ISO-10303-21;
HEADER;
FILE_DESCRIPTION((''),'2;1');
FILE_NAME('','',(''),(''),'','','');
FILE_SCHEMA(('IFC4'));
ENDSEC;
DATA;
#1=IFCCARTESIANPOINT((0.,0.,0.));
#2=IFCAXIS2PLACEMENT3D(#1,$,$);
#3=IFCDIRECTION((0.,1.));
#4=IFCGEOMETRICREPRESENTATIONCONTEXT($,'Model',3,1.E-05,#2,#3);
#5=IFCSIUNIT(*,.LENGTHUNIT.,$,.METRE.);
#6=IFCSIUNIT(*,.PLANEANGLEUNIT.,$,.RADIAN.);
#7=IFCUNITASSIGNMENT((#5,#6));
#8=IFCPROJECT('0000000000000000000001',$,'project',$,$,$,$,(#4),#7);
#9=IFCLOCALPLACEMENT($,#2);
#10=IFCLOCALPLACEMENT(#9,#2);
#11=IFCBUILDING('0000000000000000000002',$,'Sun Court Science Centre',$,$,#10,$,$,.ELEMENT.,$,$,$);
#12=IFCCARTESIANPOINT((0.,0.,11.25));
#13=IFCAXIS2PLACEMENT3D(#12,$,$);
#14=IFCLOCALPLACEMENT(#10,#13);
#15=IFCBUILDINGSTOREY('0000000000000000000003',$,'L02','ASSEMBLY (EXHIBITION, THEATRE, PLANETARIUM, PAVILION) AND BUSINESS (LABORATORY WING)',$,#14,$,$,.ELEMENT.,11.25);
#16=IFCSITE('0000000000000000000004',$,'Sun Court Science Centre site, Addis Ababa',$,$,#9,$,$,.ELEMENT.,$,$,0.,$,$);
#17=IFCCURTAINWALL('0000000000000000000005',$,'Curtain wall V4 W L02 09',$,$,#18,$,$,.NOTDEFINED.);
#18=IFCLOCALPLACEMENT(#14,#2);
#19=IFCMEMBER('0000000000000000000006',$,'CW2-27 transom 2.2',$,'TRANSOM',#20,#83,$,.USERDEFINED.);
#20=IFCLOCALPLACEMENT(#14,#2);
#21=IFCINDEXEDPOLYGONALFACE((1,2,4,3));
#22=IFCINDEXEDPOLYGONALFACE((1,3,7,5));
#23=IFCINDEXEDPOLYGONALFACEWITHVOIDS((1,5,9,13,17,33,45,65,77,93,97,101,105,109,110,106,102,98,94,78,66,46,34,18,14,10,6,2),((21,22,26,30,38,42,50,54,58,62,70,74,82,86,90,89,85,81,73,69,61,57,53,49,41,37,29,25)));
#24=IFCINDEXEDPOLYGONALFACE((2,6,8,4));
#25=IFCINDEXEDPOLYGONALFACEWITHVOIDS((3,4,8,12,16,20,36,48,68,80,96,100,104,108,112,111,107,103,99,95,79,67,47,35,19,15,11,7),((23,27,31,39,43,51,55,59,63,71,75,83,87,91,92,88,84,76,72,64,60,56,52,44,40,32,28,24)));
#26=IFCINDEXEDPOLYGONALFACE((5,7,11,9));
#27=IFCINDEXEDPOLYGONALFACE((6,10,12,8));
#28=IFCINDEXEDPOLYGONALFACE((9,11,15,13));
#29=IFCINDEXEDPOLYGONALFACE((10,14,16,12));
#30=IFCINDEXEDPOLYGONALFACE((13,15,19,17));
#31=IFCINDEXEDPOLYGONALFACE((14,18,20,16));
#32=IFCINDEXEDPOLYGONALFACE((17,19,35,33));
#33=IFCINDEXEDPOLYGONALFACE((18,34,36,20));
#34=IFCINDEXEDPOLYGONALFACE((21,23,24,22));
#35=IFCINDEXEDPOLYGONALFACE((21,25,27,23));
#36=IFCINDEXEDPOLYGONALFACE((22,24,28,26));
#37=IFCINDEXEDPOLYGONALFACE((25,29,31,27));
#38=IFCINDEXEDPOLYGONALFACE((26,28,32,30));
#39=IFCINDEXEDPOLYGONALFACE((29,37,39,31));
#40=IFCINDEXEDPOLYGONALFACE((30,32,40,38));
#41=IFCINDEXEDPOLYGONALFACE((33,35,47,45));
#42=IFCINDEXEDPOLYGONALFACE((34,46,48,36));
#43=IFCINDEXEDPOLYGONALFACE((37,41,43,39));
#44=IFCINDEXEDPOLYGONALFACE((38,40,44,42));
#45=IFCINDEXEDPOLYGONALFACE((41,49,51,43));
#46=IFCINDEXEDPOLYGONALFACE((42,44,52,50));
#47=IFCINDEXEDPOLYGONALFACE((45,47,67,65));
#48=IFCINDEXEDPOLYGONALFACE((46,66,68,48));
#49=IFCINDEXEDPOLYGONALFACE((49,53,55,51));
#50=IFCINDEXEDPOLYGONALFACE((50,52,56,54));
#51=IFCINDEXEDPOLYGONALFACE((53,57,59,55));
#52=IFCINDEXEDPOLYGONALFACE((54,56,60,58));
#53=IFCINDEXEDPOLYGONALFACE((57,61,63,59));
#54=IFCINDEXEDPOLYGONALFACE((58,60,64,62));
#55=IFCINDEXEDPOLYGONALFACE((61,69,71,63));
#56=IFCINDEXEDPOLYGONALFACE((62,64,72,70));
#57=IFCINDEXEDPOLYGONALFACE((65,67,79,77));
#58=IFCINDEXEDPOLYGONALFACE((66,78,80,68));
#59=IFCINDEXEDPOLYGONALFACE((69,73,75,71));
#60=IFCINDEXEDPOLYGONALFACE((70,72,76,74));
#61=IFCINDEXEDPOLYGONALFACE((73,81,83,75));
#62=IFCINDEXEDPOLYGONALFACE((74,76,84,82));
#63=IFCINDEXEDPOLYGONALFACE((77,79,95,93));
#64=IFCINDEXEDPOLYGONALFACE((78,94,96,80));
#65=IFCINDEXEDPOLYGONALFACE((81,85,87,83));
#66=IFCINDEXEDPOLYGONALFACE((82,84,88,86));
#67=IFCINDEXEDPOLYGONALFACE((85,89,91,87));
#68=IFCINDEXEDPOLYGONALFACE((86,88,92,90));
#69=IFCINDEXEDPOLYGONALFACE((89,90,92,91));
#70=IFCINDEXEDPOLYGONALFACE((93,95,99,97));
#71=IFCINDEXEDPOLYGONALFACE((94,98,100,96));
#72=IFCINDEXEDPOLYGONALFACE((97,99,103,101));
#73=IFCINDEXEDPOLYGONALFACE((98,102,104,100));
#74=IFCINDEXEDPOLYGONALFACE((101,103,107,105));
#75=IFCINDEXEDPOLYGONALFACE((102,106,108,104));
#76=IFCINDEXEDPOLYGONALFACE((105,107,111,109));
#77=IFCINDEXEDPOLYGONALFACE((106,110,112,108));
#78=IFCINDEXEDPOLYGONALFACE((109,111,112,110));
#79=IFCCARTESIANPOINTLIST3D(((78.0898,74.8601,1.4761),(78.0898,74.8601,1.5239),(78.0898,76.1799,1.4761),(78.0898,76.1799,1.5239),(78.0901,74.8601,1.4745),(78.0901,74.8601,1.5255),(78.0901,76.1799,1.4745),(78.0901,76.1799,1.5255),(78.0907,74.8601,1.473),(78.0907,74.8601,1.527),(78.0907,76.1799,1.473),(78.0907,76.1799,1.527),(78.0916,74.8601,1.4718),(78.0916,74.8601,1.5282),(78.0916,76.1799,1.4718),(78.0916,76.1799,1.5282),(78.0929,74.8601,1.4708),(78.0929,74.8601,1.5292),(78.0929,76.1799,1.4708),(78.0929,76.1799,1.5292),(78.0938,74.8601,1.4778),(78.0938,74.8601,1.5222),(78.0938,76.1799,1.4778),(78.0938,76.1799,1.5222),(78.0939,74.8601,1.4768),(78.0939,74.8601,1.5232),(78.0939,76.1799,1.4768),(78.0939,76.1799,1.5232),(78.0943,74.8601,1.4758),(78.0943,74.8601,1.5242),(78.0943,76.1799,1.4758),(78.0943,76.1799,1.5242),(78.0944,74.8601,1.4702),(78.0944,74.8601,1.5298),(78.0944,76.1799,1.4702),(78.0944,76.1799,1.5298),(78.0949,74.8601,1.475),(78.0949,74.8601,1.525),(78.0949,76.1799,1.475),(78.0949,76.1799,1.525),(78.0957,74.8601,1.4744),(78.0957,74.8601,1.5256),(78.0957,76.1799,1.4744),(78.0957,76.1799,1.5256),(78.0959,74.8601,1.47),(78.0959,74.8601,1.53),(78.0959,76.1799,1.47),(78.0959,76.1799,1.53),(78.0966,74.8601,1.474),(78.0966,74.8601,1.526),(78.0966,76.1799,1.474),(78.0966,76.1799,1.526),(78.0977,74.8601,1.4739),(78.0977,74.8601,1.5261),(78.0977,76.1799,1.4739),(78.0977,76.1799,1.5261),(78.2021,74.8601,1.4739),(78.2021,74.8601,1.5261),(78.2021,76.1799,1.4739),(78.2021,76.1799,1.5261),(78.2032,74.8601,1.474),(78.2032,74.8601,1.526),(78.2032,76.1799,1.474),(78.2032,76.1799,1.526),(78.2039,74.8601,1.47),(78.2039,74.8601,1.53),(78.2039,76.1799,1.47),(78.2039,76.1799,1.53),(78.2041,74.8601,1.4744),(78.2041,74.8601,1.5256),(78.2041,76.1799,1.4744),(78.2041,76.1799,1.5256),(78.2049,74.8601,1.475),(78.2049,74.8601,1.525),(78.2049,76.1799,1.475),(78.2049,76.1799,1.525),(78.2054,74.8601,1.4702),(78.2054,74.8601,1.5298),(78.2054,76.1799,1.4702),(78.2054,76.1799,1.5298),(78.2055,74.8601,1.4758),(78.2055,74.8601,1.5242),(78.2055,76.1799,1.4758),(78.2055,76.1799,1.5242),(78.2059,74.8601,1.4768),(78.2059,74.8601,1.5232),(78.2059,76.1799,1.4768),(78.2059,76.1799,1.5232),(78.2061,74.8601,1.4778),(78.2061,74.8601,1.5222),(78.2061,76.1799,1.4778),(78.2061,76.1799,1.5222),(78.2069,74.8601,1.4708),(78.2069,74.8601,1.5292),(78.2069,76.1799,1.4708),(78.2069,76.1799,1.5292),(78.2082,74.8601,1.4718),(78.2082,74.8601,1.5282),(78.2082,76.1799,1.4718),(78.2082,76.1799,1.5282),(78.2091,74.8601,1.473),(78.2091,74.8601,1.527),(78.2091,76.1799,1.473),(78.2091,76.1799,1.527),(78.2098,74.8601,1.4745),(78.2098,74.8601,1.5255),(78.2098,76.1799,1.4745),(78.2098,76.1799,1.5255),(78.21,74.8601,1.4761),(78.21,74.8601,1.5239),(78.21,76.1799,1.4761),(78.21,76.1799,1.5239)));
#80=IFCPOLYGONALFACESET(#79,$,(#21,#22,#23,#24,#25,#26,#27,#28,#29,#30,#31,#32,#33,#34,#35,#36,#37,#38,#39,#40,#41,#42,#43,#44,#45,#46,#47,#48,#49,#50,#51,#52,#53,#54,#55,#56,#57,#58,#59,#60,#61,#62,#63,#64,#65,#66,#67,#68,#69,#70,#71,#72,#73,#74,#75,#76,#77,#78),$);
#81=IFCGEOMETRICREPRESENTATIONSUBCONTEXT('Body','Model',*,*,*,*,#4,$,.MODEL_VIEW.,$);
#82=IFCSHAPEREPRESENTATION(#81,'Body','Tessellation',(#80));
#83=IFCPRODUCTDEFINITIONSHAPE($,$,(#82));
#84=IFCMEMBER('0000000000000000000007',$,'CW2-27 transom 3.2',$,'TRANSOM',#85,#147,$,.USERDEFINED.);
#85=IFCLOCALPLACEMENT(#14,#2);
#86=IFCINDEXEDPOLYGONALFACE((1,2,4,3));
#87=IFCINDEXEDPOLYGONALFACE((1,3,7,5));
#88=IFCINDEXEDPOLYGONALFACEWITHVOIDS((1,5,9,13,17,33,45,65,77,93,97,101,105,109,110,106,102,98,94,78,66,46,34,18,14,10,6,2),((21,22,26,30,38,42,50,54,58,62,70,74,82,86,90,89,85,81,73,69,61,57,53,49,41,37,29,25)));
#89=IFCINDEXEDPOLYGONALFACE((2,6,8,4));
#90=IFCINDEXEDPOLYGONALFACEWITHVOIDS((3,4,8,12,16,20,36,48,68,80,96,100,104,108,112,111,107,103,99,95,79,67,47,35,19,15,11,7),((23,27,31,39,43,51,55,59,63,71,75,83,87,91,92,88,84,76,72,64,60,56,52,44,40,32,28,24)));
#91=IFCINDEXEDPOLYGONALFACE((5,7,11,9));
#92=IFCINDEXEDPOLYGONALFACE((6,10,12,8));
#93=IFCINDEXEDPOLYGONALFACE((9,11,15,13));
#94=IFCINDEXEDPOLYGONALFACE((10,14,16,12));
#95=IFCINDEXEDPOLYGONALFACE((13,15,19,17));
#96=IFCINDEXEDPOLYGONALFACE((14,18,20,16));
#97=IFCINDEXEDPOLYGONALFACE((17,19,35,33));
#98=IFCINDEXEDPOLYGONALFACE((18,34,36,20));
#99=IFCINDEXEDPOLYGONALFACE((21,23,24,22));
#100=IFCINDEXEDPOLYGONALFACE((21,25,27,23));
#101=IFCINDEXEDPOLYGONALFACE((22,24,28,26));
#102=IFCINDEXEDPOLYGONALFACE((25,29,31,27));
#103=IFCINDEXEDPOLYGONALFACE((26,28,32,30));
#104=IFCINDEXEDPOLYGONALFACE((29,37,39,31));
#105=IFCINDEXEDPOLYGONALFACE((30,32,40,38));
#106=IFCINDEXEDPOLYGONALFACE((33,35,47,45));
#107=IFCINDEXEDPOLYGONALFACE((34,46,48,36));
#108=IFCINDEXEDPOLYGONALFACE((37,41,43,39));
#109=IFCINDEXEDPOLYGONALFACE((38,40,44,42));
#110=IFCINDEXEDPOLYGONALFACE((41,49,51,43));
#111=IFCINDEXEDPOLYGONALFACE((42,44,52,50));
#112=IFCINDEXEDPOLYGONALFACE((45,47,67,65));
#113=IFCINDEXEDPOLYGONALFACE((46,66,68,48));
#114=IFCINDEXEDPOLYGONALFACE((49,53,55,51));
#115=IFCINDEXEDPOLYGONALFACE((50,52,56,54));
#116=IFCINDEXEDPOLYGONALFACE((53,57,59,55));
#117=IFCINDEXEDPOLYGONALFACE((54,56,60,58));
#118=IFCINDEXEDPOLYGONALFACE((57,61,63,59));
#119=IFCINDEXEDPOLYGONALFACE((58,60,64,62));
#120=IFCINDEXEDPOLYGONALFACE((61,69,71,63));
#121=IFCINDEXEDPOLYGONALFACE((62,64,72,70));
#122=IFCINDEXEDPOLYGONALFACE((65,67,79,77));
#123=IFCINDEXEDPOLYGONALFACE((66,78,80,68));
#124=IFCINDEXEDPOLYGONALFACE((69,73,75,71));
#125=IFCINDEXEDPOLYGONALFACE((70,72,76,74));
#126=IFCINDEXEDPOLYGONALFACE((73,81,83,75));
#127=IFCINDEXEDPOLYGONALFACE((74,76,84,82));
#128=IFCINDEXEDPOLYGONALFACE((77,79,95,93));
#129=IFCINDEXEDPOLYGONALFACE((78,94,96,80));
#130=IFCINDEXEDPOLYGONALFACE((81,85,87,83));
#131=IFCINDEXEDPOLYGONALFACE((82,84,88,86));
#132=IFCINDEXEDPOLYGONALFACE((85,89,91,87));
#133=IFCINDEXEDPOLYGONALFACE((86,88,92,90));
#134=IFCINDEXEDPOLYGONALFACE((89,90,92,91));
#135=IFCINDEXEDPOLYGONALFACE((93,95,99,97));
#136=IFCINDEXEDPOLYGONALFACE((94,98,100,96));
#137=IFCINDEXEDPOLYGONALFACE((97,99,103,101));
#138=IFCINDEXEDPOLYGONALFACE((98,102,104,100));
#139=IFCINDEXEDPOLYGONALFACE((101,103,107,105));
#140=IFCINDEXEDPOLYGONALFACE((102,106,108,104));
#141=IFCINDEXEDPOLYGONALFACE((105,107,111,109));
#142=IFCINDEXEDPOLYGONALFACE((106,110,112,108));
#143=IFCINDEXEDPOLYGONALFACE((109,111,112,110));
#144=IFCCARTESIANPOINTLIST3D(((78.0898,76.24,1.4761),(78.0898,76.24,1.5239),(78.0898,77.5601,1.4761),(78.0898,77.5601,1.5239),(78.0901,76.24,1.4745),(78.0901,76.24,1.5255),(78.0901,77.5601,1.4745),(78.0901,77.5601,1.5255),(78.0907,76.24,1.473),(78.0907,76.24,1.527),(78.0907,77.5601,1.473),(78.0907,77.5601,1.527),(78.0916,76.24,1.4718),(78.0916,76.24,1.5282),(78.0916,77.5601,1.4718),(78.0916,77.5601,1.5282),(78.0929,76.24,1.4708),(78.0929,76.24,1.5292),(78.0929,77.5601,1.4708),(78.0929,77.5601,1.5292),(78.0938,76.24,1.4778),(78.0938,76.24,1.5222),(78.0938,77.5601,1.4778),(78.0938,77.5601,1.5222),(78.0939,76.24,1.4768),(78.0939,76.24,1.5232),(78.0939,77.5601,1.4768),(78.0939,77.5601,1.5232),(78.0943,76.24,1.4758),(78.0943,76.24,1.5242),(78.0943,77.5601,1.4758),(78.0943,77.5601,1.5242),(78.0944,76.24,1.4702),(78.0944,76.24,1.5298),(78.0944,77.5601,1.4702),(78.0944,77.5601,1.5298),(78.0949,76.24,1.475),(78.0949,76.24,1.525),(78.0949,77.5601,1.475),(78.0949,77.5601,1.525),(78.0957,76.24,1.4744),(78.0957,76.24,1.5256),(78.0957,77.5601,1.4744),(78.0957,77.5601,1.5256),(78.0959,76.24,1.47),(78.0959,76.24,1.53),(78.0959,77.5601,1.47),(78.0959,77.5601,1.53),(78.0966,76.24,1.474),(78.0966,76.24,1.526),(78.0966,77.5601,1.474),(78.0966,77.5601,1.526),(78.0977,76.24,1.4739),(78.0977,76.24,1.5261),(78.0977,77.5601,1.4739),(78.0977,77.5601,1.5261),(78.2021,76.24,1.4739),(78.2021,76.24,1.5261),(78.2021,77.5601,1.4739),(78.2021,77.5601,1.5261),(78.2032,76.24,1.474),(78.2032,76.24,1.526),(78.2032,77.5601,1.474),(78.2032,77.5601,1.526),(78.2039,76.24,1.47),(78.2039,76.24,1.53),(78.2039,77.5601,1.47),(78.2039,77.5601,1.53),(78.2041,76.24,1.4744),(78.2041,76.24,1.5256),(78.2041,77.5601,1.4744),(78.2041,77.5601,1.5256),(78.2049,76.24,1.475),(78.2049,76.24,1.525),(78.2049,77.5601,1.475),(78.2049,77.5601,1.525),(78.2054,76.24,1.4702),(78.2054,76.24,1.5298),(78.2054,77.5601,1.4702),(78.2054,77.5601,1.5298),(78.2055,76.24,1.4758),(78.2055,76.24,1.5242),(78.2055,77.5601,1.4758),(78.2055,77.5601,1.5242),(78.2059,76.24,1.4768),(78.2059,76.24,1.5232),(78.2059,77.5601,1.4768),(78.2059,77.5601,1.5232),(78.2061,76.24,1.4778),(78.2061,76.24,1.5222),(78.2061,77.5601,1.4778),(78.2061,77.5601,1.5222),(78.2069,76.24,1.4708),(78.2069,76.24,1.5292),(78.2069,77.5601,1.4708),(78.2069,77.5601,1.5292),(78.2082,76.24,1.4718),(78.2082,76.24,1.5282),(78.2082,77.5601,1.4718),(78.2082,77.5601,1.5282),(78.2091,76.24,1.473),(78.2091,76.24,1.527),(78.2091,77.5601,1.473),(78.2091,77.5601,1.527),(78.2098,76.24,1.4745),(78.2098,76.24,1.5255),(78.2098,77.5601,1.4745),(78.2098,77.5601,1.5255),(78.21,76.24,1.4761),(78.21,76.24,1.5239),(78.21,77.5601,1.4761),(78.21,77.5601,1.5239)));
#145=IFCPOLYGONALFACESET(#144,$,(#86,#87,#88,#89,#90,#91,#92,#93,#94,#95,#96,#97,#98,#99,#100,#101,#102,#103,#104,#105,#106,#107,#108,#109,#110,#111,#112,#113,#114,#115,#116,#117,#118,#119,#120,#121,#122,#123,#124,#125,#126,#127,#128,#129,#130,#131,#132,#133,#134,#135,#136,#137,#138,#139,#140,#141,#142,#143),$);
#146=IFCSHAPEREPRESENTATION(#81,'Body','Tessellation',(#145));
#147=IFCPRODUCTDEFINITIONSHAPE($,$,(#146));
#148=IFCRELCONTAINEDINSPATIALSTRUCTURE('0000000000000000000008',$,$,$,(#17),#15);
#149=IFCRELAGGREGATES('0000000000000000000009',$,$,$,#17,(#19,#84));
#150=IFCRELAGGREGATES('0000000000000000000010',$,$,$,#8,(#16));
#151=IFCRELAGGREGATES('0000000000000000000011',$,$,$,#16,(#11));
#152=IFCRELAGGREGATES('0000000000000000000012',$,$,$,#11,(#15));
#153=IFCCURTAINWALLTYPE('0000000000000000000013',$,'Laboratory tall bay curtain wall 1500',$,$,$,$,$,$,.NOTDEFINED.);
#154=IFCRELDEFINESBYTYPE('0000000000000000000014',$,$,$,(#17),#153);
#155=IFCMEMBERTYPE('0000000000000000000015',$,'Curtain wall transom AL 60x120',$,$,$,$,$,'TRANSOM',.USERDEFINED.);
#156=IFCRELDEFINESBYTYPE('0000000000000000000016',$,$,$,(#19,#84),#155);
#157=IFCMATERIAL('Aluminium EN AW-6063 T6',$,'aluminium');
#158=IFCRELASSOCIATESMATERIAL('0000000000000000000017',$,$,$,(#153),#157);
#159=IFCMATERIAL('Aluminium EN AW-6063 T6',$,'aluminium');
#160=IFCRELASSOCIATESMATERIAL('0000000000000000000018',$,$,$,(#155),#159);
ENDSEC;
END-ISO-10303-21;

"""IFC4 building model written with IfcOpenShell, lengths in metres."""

from ifc_helpers import new_model, si_unit, direction, frame, origin, origin_2d, place, context, subcontext, project, spatial, hollow_rectangle, extrude, material, material_profile, profile_set, type_object, element, aggregate, save


model = new_model("IFC4")

# Units and contexts
model_context = context("Model", 3, precision=1e-05, world=origin(), true_north=direction((0.0, 1.0)))
body_context = subcontext(model_context, "Body", "Model", "MODEL_VIEW")
ifc_project = project(units=[si_unit("LENGTHUNIT", "METRE"), si_unit("PLANEANGLEUNIT", "RADIAN")], contexts=[model_context])

# Site, building, storey
site_placement = place(None, origin())
site = spatial("IfcSite", under=ifc_project, at=site_placement, Name="Sun Court Science Centre site, Addis Ababa", CompositionType="ELEMENT", RefElevation=0.0)
building_placement = place(site_placement, origin())
building = spatial("IfcBuilding", under=site, at=building_placement, Name="Sun Court Science Centre", CompositionType="ELEMENT")
storey_placement = place(building_placement, frame((0.0, 0.0, 11.25)))
storey = spatial("IfcBuildingStorey", under=building, at=storey_placement, Name="L02", Description="ASSEMBLY (EXHIBITION, THEATRE, PLANETARIUM, PAVILION) AND BUSINESS (LABORATORY WING)", CompositionType="ELEMENT", Elevation=11.25)

# Curtain wall, members
ifc_material_1 = material(Name="Aluminium EN AW-6063 T6", Category="aluminium")
curtain_wall_type = type_object("IfcCurtainWallType", Name="Laboratory tall bay curtain wall 1500", PredefinedType="NOTDEFINED", material=ifc_material_1)
curtain_wall_placement = place(storey_placement, origin())
curtain_wall = element("IfcCurtainWall", 1, at=curtain_wall_placement, inside=storey, type_object=curtain_wall_type, Name="Curtain wall V4 W L02 09", PredefinedType="NOTDEFINED")
ifc_material_2 = material(Name="Aluminium EN AW-6063 T6", Category="aluminium")
ifc_material_profile_1 = material_profile(ifc_material_2, hollow_rectangle(XDim=0.0601, YDim=0.1201, WallThickness=0.0039, InnerFilletRadius=0.0039, OuterFilletRadius=0.0061, at=origin_2d()), Name="AL 60x120x4")
ifc_profile_set_1 = profile_set([ifc_material_profile_1], Name="Aluminium EN AW-6063 T6")
member_type_1 = type_object("IfcMemberType", Name="Curtain wall transom AL 60x120", ElementType="TRANSOM", PredefinedType="USERDEFINED", material=ifc_profile_set_1)
member_1_placement = place(storey_placement, frame((78.1499, 74.8601, 1.5), z_axis=(0.0, 1.0, 0.0), x_axis=(0.0, 0.0, 1.0)))
member_1 = element("IfcMember", 2, at=member_1_placement, type_object=member_type_1, Name="CW2-27 transom 2.2", ObjectType="TRANSOM", PredefinedType="USERDEFINED", context=body_context, shape_type="SweptSolid", body=[
    extrude(hollow_rectangle(XDim=0.0601, YDim=0.1201, WallThickness=0.0039, InnerFilletRadius=0.0039, OuterFilletRadius=0.0061, at=origin_2d()), origin(), (0.0, 0.0, 1.0), 1.3198),
])
member_2_placement = place(storey_placement, frame((78.1499, 76.24, 1.5), z_axis=(0.0, 1.0, 0.0), x_axis=(0.0, 0.0, 1.0)))
member_2 = element("IfcMember", 3, at=member_2_placement, type_object=member_type_1, Name="CW2-27 transom 3.2", ObjectType="TRANSOM", PredefinedType="USERDEFINED", context=body_context, shape_type="SweptSolid", body=[
    extrude(hollow_rectangle(XDim=0.0601, YDim=0.1201, WallThickness=0.0039, InnerFilletRadius=0.0039, OuterFilletRadius=0.0061, at=origin_2d()), origin(), (0.0, 0.0, 1.0), 1.3201),
])

aggregate(curtain_wall, [member_1, member_2])

save(model, "model.ifc")
